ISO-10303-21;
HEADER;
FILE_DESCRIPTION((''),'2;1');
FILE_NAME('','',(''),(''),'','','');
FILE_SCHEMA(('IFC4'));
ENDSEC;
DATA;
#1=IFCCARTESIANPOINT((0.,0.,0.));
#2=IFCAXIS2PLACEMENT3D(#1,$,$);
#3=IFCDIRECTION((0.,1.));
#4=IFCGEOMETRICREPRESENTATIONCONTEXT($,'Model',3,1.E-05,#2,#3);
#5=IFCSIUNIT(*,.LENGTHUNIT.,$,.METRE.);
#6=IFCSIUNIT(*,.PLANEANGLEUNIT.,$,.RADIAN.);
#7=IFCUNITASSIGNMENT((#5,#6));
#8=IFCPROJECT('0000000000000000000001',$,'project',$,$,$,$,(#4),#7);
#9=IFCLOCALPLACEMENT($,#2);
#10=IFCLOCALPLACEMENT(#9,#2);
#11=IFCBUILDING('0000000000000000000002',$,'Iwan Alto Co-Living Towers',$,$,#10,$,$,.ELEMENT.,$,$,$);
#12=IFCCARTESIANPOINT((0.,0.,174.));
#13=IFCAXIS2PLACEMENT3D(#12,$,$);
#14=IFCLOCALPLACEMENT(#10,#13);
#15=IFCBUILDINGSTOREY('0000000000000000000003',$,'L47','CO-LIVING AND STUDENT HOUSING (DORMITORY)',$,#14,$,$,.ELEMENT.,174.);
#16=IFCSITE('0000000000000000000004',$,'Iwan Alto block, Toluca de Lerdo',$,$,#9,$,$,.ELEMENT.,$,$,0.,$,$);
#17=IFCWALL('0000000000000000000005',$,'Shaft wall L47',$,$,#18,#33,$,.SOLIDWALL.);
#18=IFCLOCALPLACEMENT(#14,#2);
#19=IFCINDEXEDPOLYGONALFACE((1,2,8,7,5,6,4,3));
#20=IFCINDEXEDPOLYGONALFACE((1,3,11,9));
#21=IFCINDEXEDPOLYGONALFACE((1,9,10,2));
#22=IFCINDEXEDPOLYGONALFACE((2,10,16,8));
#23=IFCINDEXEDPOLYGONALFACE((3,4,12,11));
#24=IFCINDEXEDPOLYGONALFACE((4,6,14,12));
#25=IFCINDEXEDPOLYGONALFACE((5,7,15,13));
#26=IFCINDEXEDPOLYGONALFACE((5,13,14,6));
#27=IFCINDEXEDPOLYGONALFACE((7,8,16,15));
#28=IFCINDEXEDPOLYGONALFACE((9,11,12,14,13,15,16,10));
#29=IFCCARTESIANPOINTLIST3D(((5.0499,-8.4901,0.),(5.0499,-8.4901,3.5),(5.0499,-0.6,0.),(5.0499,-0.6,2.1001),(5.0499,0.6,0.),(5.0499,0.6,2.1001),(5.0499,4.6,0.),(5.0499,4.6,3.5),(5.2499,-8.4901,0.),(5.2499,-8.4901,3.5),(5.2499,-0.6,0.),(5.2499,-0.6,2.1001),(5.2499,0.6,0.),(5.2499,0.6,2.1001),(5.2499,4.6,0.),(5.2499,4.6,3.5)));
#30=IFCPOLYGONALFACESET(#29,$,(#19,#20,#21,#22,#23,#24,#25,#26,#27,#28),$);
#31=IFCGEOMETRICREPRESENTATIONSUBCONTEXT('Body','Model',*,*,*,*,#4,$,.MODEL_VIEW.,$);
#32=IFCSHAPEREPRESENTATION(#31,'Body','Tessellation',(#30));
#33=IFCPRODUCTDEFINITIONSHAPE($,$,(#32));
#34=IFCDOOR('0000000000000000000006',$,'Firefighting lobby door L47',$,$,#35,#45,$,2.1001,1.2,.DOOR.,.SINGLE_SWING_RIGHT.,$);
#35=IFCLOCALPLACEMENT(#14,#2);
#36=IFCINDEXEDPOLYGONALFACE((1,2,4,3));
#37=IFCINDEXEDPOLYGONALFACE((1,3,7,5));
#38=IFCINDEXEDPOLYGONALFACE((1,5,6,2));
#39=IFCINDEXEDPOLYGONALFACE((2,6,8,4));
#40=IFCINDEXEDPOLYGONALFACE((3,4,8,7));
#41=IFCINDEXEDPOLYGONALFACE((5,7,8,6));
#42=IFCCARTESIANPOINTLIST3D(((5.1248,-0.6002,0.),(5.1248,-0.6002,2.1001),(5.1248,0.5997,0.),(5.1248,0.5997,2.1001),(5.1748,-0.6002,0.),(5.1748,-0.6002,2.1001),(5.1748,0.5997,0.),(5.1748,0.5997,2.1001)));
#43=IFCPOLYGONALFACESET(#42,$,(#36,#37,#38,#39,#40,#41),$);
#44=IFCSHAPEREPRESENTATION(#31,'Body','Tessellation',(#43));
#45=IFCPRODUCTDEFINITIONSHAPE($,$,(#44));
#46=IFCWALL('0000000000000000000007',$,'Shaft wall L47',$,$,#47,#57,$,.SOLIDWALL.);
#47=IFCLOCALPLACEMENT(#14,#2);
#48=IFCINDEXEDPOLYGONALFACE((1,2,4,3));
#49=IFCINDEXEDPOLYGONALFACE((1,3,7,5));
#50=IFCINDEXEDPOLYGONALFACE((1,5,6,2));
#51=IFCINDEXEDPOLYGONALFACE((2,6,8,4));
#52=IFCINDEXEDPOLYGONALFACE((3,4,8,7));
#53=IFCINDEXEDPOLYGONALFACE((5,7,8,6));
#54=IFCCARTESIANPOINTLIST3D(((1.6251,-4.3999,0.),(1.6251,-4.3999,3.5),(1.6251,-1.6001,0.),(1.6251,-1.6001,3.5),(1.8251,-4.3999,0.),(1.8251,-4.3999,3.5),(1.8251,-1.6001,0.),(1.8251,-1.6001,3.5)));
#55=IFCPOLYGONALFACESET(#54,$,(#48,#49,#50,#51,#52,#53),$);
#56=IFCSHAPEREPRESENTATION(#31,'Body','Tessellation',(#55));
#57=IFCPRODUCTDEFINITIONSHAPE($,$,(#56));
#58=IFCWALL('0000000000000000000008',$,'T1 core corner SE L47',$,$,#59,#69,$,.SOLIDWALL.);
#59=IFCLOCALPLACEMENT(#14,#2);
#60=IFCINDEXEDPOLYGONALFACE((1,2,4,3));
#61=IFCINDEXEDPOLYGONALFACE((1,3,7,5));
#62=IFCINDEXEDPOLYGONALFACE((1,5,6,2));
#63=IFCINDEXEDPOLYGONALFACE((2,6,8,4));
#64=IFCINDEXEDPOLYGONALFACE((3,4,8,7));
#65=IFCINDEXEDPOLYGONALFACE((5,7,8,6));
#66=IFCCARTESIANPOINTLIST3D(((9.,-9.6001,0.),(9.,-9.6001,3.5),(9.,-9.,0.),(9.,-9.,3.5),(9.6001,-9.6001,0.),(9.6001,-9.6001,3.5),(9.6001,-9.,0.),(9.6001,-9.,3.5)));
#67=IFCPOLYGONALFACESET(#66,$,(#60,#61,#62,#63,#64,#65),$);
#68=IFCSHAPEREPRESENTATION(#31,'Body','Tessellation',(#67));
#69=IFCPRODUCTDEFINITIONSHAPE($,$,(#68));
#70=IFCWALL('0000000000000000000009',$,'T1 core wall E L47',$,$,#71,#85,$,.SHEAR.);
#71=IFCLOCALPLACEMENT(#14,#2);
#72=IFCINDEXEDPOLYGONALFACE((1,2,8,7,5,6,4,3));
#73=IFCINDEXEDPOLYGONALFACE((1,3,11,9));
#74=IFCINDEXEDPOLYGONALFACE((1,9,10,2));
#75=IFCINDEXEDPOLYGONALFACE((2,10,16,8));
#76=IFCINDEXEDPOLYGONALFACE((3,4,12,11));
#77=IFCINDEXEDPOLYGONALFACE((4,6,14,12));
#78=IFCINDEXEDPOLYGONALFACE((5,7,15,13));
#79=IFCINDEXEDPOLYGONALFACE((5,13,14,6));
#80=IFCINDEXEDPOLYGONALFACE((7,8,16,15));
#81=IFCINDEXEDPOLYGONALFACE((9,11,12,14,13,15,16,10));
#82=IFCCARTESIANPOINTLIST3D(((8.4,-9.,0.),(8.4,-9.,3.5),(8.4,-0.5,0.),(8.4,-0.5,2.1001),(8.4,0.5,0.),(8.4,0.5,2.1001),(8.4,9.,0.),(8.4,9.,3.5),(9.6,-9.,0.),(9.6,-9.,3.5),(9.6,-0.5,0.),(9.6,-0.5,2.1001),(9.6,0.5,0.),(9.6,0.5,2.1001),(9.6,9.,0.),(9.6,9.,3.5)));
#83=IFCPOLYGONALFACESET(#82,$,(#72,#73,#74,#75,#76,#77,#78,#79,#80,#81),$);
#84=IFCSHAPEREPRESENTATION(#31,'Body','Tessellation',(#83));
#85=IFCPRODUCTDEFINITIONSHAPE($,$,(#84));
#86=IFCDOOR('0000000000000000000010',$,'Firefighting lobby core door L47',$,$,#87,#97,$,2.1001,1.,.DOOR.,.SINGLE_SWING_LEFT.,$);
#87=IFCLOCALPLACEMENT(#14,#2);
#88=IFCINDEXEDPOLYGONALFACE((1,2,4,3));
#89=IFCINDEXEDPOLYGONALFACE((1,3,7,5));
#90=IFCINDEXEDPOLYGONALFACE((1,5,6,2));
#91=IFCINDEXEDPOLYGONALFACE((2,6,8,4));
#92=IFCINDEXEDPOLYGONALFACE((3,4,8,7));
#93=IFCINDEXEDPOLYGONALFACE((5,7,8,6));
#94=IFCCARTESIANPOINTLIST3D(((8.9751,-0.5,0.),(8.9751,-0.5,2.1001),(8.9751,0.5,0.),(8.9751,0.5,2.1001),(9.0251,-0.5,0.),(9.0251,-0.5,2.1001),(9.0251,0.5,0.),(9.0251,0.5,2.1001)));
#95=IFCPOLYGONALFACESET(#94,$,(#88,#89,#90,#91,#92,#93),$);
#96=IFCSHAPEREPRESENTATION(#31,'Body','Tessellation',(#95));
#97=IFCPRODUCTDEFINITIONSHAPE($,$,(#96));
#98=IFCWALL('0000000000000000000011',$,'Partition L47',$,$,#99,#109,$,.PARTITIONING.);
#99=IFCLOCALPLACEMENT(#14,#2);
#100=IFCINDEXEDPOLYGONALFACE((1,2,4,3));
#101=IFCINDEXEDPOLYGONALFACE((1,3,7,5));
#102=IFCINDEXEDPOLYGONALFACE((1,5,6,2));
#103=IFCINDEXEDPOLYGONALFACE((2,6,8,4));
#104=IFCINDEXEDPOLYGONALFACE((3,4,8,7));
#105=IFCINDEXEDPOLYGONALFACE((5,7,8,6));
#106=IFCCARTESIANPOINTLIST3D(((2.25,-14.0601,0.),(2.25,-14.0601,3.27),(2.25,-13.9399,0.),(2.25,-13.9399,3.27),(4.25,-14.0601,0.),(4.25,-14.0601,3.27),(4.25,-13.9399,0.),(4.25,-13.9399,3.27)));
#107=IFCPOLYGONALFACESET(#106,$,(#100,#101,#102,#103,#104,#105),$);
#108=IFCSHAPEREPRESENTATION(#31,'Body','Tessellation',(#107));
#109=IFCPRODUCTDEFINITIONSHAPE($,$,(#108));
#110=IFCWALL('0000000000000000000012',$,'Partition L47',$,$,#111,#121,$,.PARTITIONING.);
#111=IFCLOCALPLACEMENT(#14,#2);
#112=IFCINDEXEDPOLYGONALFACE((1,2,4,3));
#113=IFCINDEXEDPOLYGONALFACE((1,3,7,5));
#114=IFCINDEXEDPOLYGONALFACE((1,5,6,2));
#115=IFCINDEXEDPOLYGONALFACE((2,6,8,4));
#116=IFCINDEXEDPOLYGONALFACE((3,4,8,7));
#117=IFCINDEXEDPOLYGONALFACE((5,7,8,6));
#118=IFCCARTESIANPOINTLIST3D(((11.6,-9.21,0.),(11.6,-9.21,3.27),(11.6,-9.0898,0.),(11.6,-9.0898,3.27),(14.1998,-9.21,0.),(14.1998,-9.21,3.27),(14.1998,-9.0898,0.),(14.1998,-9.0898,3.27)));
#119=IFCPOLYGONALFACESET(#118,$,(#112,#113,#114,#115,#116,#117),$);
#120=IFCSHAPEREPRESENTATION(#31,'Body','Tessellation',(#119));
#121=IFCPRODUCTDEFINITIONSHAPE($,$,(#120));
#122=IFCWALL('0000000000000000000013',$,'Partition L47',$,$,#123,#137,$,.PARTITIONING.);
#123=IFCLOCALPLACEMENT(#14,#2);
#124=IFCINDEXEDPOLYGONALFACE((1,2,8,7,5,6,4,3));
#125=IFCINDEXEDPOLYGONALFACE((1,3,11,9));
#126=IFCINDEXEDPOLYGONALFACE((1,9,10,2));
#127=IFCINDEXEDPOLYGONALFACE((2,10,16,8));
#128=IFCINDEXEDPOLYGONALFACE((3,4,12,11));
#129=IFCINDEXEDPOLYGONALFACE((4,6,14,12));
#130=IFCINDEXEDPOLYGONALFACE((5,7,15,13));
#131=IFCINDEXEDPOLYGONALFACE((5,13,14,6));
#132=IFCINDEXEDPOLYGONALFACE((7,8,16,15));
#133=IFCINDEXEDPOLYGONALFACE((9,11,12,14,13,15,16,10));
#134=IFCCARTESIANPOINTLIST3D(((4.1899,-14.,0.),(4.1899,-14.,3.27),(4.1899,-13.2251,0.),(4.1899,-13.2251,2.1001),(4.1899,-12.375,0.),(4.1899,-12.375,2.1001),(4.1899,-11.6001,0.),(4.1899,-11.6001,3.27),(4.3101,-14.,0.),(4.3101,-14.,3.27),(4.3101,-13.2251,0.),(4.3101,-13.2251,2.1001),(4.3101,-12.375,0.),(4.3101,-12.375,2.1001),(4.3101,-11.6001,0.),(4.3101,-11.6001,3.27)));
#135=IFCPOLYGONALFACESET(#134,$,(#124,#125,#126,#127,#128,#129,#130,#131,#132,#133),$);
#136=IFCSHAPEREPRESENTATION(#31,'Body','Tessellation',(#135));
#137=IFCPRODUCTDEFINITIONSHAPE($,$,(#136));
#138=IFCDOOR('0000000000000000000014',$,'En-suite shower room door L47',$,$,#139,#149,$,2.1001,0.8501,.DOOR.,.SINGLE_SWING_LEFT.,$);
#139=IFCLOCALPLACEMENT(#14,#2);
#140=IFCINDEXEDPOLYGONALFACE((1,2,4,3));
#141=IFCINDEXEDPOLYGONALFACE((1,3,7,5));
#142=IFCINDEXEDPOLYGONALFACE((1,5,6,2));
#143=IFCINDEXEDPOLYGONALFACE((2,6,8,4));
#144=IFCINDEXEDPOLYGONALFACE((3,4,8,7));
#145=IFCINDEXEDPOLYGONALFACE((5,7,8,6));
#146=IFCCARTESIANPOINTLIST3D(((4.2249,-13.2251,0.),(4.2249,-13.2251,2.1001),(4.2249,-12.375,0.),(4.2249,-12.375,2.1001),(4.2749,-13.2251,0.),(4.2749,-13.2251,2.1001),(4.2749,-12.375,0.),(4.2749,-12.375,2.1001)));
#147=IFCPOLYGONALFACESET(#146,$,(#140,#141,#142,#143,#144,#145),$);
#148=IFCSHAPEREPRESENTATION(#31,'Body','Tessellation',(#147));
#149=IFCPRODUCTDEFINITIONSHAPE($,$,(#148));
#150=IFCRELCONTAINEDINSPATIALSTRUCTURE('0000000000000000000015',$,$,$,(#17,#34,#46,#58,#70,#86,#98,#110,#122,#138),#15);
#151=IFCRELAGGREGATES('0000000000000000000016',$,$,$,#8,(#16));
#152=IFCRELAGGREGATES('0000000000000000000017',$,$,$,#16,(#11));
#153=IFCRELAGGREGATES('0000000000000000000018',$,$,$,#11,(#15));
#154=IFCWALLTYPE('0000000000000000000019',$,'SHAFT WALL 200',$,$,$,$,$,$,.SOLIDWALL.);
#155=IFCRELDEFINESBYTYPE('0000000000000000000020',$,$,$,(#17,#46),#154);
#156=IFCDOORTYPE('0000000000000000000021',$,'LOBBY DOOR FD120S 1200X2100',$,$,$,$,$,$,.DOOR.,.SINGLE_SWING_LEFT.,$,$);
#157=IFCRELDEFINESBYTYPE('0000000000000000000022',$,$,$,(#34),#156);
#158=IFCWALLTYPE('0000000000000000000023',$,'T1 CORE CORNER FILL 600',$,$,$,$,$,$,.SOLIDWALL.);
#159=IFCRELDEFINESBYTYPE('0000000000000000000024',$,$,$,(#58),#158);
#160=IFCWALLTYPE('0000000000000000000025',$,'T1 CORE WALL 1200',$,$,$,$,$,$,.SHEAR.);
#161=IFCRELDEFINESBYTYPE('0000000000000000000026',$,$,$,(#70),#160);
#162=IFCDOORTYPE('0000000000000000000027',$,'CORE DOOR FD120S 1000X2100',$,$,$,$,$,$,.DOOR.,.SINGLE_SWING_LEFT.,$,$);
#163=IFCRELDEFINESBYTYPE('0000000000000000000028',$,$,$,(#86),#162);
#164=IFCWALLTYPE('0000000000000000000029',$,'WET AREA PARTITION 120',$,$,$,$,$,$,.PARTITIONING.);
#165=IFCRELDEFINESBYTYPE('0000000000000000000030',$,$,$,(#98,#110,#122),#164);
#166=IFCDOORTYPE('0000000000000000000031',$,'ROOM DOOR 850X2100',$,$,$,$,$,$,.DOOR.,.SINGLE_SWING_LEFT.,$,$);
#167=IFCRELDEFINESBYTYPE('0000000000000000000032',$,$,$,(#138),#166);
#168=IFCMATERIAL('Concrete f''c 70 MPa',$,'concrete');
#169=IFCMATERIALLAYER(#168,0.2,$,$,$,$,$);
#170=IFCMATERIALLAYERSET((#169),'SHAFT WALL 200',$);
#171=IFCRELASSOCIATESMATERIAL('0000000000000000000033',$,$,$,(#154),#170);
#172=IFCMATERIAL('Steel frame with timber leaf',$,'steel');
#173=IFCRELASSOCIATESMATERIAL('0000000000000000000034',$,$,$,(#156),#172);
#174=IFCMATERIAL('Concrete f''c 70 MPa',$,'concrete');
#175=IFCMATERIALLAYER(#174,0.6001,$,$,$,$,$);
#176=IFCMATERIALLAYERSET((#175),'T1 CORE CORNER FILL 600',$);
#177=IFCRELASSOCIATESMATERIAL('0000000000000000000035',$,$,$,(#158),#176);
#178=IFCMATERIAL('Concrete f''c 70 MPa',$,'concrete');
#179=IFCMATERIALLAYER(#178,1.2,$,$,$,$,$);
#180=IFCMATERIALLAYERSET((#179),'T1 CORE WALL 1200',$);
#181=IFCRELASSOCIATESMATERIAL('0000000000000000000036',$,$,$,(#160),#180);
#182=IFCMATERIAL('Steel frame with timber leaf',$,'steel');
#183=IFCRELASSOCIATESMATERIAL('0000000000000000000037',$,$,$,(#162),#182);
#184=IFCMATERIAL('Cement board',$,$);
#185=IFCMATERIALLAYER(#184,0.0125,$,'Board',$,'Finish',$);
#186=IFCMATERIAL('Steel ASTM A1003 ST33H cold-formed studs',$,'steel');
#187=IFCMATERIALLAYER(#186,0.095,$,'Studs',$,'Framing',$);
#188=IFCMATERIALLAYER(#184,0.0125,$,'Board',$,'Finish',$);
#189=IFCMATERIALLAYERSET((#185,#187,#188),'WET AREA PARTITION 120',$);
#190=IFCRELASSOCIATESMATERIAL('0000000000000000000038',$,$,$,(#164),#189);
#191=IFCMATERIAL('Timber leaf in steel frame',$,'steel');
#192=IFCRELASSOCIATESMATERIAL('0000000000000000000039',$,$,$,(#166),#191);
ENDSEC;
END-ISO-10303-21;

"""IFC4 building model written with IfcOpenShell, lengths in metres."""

from ifc_helpers import new_model, si_unit, direction, frame, frame_2d, origin, place, context, subcontext, project, spatial, rectangle, extrude, material, layer, layer_set, type_object, element, fill, save


model = new_model("IFC4")

# Units and contexts
model_context = context("Model", 3, precision=1e-05, world=origin(), true_north=direction((0.0, 1.0)))
body_context = subcontext(model_context, "Body", "Model", "MODEL_VIEW")
ifc_project = project(units=[si_unit("LENGTHUNIT", "METRE"), si_unit("PLANEANGLEUNIT", "RADIAN")], contexts=[model_context])

# Site, building, storey
site_placement = place(None, origin())
site = spatial("IfcSite", under=ifc_project, at=site_placement, Name="Iwan Alto block, Toluca de Lerdo", CompositionType="ELEMENT", RefElevation=0.0)
building_placement = place(site_placement, origin())
building = spatial("IfcBuilding", under=site, at=building_placement, Name="Iwan Alto Co-Living Towers", CompositionType="ELEMENT")
storey_placement = place(building_placement, frame((0.0, 0.0, 174.0)))
storey = spatial("IfcBuildingStorey", under=building, at=storey_placement, Name="L47", Description="CO-LIVING AND STUDENT HOUSING (DORMITORY)", CompositionType="ELEMENT", Elevation=174.0)

# Shared definitions
ifc_material_1 = material(Name="Steel ASTM A1003 ST33H cold-formed studs", Category="steel")

# Wall, opening, door
ifc_material_2 = material(Name="Concrete f'c 70 MPa", Category="concrete")
ifc_layer_1 = layer(ifc_material_2, 0.2)
ifc_layer_set_1 = layer_set([ifc_layer_1], Name="SHAFT WALL 200")
wall_type_1 = type_object("IfcWallType", Name="SHAFT WALL 200", PredefinedType="SOLIDWALL", material=ifc_layer_set_1)
wall_1_placement = place(storey_placement, frame((5.1499, -8.49, 0.0), z_axis=(0.0, 0.0, 1.0), x_axis=(0.0, 1.0, 0.0)))
wall_1 = element("IfcWall", 1, at=wall_1_placement, inside=storey, type_object=wall_type_1, Name="Shaft wall L47", PredefinedType="SOLIDWALL", context=body_context, shape_type="SweptSolid", body=[
    extrude(rectangle(XDim=13.0901, YDim=0.2, at=frame_2d((6.5449, 0.0))), origin(), (0.0, 0.0, 1.0), 3.5),
])
opening_1_placement = place(wall_1_placement, frame((7.8899, 0.0, 0.0)))
opening_1 = element("IfcOpeningElement", 2, at=opening_1_placement, cuts=wall_1, PredefinedType="OPENING", context=body_context, shape_type="SweptSolid", body=[
    extrude(rectangle(XDim=1.2, YDim=2.1001, at=frame_2d((0.6001, 1.05))), frame((0.0, 0.1099, 0.0), z_axis=(0.0, -1.0, 0.0), x_axis=(1.0, 0.0, 0.0)), (0.0, 0.0, 1.0), 0.22),
])
ifc_material_3 = material(Name="Steel frame with timber leaf", Category="steel")
door_type_1 = type_object("IfcDoorType", Name="LOBBY DOOR FD120S 1200X2100", OperationType="SINGLE_SWING_LEFT", PredefinedType="DOOR", material=ifc_material_3)
door_1_placement = place(opening_1_placement, frame((1.2, 0.0, 0.0), z_axis=(0.0, 0.0, 1.0), x_axis=(-1.0, 0.0, 0.0)))
door_1 = element("IfcDoor", 3, at=door_1_placement, inside=storey, type_object=door_type_1, Name="Firefighting lobby door L47", OperationType="SINGLE_SWING_RIGHT", OverallHeight=2.1001, OverallWidth=1.2, PredefinedType="DOOR", context=body_context, shape_type="SweptSolid", body=[
    extrude(rectangle(XDim=1.2, YDim=2.1001, at=frame_2d((0.6001, 1.05))), frame((0.0, 0.0249, 0.0), z_axis=(0.0, -1.0, 0.0), x_axis=(1.0, 0.0, 0.0)), (0.0, 0.0, 1.0), 0.05),
])
fill(opening_1, door_1)

# Walls
wall_2_placement = place(storey_placement, frame((1.7251, -4.3999, 0.0), z_axis=(0.0, 0.0, 1.0), x_axis=(0.0, 1.0, 0.0)))
element("IfcWall", 4, at=wall_2_placement, inside=storey, type_object=wall_type_1, Name="Shaft wall L47", PredefinedType="SOLIDWALL", context=body_context, shape_type="SweptSolid", body=[
    extrude(rectangle(XDim=2.7998, YDim=0.2, at=frame_2d((1.3999, 0.0))), origin(), (0.0, 0.0, 1.0), 3.5),
])
ifc_material_4 = material(Name="Concrete f'c 70 MPa", Category="concrete")
ifc_layer_2 = layer(ifc_material_4, 0.6001)
ifc_layer_set_2 = layer_set([ifc_layer_2], Name="T1 CORE CORNER FILL 600")
wall_type_2 = type_object("IfcWallType", Name="T1 CORE CORNER FILL 600", PredefinedType="SOLIDWALL", material=ifc_layer_set_2)
wall_3_placement = place(storey_placement, frame((9.0, -9.3, 0.0), z_axis=(0.0, 0.0, 1.0), x_axis=(1.0, 0.0, 0.0)))
element("IfcWall", 5, at=wall_3_placement, inside=storey, type_object=wall_type_2, Name="T1 core corner SE L47", PredefinedType="SOLIDWALL", context=body_context, shape_type="SweptSolid", body=[
    extrude(rectangle(XDim=0.6001, YDim=0.6001, at=frame_2d((0.3, 0.0))), origin(), (0.0, 0.0, 1.0), 3.5),
])

# Wall, opening, door
ifc_material_5 = material(Name="Concrete f'c 70 MPa", Category="concrete")
ifc_layer_3 = layer(ifc_material_5, 1.2)
ifc_layer_set_3 = layer_set([ifc_layer_3], Name="T1 CORE WALL 1200")
wall_type_3 = type_object("IfcWallType", Name="T1 CORE WALL 1200", PredefinedType="SHEAR", material=ifc_layer_set_3)
wall_4_placement = place(storey_placement, frame((9.0, -9.0, 0.0), z_axis=(0.0, 0.0, 1.0), x_axis=(0.0, 1.0, 0.0)))
wall_4 = element("IfcWall", 6, at=wall_4_placement, inside=storey, type_object=wall_type_3, Name="T1 core wall E L47", PredefinedType="SHEAR", context=body_context, shape_type="SweptSolid", body=[
    extrude(rectangle(XDim=18.0, YDim=1.2, at=frame_2d((9.0, 0.0))), origin(), (0.0, 0.0, 1.0), 3.5),
])
opening_2_placement = place(wall_4_placement, frame((8.5, 0.0, 0.0)))
opening_2 = element("IfcOpeningElement", 7, at=opening_2_placement, cuts=wall_4, PredefinedType="OPENING", context=body_context, shape_type="SweptSolid", body=[
    extrude(rectangle(XDim=1.0, YDim=2.1001, at=frame_2d((0.5, 1.05))), frame((0.0, 0.6099, 0.0), z_axis=(0.0, -1.0, 0.0), x_axis=(1.0, 0.0, 0.0)), (0.0, 0.0, 1.0), 1.22),
])
ifc_material_6 = material(Name="Steel frame with timber leaf", Category="steel")
door_type_2 = type_object("IfcDoorType", Name="CORE DOOR FD120S 1000X2100", OperationType="SINGLE_SWING_LEFT", PredefinedType="DOOR", material=ifc_material_6)
door_2_placement = place(opening_2_placement, origin())
door_2 = element("IfcDoor", 8, at=door_2_placement, inside=storey, type_object=door_type_2, Name="Firefighting lobby core door L47", OperationType="SINGLE_SWING_LEFT", OverallHeight=2.1001, OverallWidth=1.0, PredefinedType="DOOR", context=body_context, shape_type="SweptSolid", body=[
    extrude(rectangle(XDim=1.0, YDim=2.1001, at=frame_2d((0.5, 1.05))), frame((0.0, 0.0249, 0.0), z_axis=(0.0, -1.0, 0.0), x_axis=(1.0, 0.0, 0.0)), (0.0, 0.0, 1.0), 0.05),
])
fill(opening_2, door_2)

# Walls
ifc_material_7 = material(Name="Cement board")
ifc_layer_4 = layer(ifc_material_7, 0.0125, Name="Board", Category="Finish")
ifc_layer_5 = layer(ifc_material_1, 0.095, Name="Studs", Category="Framing")
ifc_layer_6 = layer(ifc_material_7, 0.0125, Name="Board", Category="Finish")
ifc_layer_set_4 = layer_set([ifc_layer_4, ifc_layer_5, ifc_layer_6], Name="WET AREA PARTITION 120")
wall_type_4 = type_object("IfcWallType", Name="WET AREA PARTITION 120", PredefinedType="PARTITIONING", material=ifc_layer_set_4)
wall_5_placement = place(storey_placement, frame((2.25, -14.0, 0.0), z_axis=(0.0, 0.0, 1.0), x_axis=(1.0, 0.0, 0.0)))
element("IfcWall", 9, at=wall_5_placement, inside=storey, type_object=wall_type_4, Name="Partition L47", PredefinedType="PARTITIONING", context=body_context, shape_type="SweptSolid", body=[
    extrude(rectangle(XDim=2.0, YDim=0.1201, at=frame_2d((1.0, 0.0))), origin(), (0.0, 0.0, 1.0), 3.27),
])
wall_6_placement = place(storey_placement, frame((11.6001, -9.1499, 0.0), z_axis=(0.0, 0.0, 1.0), x_axis=(1.0, 0.0, 0.0)))
element("IfcWall", 10, at=wall_6_placement, inside=storey, type_object=wall_type_4, Name="Partition L47", PredefinedType="PARTITIONING", context=body_context, shape_type="SweptSolid", body=[
    extrude(rectangle(XDim=2.5999, YDim=0.1201, at=frame_2d((1.2998, 0.0))), origin(), (0.0, 0.0, 1.0), 3.27),
])

# Wall, opening, door
wall_7_placement = place(storey_placement, frame((4.25, -14.0, 0.0), z_axis=(0.0, 0.0, 1.0), x_axis=(0.0, 1.0, 0.0)))
wall_7 = element("IfcWall", 11, at=wall_7_placement, inside=storey, type_object=wall_type_4, Name="Partition L47", PredefinedType="PARTITIONING", context=body_context, shape_type="SweptSolid", body=[
    extrude(rectangle(XDim=2.3999, YDim=0.1201, at=frame_2d((1.2, 0.0))), origin(), (0.0, 0.0, 1.0), 3.27),
])
opening_3_placement = place(wall_7_placement, frame((0.7749, 0.0, 0.0)))
opening_3 = element("IfcOpeningElement", 12, at=opening_3_placement, cuts=wall_7, PredefinedType="OPENING", context=body_context, shape_type="SweptSolid", body=[
    extrude(rectangle(XDim=0.8501, YDim=2.1001, at=frame_2d((0.425, 1.05))), frame((0.0, 0.0701, 0.0), z_axis=(0.0, -1.0, 0.0), x_axis=(1.0, 0.0, 0.0)), (0.0, 0.0, 1.0), 0.1401),
])
ifc_material_8 = material(Name="Timber leaf in steel frame", Category="steel")
door_type_3 = type_object("IfcDoorType", Name="ROOM DOOR 850X2100", OperationType="SINGLE_SWING_LEFT", PredefinedType="DOOR", material=ifc_material_8)
door_3_placement = place(opening_3_placement, frame((0.8501, 0.0, 0.0), z_axis=(0.0, 0.0, 1.0), x_axis=(-1.0, 0.0, 0.0)))
door_3 = element("IfcDoor", 13, at=door_3_placement, inside=storey, type_object=door_type_3, Name="En-suite shower room door L47", OperationType="SINGLE_SWING_LEFT", OverallHeight=2.1001, OverallWidth=0.8501, PredefinedType="DOOR", context=body_context, shape_type="SweptSolid", body=[
    extrude(rectangle(XDim=0.8501, YDim=2.1001, at=frame_2d((0.425, 1.05))), frame((0.0, 0.0249, 0.0), z_axis=(0.0, -1.0, 0.0), x_axis=(1.0, 0.0, 0.0)), (0.0, 0.0, 1.0), 0.05),
])
fill(opening_3, door_3)

save(model, "model.ifc")
